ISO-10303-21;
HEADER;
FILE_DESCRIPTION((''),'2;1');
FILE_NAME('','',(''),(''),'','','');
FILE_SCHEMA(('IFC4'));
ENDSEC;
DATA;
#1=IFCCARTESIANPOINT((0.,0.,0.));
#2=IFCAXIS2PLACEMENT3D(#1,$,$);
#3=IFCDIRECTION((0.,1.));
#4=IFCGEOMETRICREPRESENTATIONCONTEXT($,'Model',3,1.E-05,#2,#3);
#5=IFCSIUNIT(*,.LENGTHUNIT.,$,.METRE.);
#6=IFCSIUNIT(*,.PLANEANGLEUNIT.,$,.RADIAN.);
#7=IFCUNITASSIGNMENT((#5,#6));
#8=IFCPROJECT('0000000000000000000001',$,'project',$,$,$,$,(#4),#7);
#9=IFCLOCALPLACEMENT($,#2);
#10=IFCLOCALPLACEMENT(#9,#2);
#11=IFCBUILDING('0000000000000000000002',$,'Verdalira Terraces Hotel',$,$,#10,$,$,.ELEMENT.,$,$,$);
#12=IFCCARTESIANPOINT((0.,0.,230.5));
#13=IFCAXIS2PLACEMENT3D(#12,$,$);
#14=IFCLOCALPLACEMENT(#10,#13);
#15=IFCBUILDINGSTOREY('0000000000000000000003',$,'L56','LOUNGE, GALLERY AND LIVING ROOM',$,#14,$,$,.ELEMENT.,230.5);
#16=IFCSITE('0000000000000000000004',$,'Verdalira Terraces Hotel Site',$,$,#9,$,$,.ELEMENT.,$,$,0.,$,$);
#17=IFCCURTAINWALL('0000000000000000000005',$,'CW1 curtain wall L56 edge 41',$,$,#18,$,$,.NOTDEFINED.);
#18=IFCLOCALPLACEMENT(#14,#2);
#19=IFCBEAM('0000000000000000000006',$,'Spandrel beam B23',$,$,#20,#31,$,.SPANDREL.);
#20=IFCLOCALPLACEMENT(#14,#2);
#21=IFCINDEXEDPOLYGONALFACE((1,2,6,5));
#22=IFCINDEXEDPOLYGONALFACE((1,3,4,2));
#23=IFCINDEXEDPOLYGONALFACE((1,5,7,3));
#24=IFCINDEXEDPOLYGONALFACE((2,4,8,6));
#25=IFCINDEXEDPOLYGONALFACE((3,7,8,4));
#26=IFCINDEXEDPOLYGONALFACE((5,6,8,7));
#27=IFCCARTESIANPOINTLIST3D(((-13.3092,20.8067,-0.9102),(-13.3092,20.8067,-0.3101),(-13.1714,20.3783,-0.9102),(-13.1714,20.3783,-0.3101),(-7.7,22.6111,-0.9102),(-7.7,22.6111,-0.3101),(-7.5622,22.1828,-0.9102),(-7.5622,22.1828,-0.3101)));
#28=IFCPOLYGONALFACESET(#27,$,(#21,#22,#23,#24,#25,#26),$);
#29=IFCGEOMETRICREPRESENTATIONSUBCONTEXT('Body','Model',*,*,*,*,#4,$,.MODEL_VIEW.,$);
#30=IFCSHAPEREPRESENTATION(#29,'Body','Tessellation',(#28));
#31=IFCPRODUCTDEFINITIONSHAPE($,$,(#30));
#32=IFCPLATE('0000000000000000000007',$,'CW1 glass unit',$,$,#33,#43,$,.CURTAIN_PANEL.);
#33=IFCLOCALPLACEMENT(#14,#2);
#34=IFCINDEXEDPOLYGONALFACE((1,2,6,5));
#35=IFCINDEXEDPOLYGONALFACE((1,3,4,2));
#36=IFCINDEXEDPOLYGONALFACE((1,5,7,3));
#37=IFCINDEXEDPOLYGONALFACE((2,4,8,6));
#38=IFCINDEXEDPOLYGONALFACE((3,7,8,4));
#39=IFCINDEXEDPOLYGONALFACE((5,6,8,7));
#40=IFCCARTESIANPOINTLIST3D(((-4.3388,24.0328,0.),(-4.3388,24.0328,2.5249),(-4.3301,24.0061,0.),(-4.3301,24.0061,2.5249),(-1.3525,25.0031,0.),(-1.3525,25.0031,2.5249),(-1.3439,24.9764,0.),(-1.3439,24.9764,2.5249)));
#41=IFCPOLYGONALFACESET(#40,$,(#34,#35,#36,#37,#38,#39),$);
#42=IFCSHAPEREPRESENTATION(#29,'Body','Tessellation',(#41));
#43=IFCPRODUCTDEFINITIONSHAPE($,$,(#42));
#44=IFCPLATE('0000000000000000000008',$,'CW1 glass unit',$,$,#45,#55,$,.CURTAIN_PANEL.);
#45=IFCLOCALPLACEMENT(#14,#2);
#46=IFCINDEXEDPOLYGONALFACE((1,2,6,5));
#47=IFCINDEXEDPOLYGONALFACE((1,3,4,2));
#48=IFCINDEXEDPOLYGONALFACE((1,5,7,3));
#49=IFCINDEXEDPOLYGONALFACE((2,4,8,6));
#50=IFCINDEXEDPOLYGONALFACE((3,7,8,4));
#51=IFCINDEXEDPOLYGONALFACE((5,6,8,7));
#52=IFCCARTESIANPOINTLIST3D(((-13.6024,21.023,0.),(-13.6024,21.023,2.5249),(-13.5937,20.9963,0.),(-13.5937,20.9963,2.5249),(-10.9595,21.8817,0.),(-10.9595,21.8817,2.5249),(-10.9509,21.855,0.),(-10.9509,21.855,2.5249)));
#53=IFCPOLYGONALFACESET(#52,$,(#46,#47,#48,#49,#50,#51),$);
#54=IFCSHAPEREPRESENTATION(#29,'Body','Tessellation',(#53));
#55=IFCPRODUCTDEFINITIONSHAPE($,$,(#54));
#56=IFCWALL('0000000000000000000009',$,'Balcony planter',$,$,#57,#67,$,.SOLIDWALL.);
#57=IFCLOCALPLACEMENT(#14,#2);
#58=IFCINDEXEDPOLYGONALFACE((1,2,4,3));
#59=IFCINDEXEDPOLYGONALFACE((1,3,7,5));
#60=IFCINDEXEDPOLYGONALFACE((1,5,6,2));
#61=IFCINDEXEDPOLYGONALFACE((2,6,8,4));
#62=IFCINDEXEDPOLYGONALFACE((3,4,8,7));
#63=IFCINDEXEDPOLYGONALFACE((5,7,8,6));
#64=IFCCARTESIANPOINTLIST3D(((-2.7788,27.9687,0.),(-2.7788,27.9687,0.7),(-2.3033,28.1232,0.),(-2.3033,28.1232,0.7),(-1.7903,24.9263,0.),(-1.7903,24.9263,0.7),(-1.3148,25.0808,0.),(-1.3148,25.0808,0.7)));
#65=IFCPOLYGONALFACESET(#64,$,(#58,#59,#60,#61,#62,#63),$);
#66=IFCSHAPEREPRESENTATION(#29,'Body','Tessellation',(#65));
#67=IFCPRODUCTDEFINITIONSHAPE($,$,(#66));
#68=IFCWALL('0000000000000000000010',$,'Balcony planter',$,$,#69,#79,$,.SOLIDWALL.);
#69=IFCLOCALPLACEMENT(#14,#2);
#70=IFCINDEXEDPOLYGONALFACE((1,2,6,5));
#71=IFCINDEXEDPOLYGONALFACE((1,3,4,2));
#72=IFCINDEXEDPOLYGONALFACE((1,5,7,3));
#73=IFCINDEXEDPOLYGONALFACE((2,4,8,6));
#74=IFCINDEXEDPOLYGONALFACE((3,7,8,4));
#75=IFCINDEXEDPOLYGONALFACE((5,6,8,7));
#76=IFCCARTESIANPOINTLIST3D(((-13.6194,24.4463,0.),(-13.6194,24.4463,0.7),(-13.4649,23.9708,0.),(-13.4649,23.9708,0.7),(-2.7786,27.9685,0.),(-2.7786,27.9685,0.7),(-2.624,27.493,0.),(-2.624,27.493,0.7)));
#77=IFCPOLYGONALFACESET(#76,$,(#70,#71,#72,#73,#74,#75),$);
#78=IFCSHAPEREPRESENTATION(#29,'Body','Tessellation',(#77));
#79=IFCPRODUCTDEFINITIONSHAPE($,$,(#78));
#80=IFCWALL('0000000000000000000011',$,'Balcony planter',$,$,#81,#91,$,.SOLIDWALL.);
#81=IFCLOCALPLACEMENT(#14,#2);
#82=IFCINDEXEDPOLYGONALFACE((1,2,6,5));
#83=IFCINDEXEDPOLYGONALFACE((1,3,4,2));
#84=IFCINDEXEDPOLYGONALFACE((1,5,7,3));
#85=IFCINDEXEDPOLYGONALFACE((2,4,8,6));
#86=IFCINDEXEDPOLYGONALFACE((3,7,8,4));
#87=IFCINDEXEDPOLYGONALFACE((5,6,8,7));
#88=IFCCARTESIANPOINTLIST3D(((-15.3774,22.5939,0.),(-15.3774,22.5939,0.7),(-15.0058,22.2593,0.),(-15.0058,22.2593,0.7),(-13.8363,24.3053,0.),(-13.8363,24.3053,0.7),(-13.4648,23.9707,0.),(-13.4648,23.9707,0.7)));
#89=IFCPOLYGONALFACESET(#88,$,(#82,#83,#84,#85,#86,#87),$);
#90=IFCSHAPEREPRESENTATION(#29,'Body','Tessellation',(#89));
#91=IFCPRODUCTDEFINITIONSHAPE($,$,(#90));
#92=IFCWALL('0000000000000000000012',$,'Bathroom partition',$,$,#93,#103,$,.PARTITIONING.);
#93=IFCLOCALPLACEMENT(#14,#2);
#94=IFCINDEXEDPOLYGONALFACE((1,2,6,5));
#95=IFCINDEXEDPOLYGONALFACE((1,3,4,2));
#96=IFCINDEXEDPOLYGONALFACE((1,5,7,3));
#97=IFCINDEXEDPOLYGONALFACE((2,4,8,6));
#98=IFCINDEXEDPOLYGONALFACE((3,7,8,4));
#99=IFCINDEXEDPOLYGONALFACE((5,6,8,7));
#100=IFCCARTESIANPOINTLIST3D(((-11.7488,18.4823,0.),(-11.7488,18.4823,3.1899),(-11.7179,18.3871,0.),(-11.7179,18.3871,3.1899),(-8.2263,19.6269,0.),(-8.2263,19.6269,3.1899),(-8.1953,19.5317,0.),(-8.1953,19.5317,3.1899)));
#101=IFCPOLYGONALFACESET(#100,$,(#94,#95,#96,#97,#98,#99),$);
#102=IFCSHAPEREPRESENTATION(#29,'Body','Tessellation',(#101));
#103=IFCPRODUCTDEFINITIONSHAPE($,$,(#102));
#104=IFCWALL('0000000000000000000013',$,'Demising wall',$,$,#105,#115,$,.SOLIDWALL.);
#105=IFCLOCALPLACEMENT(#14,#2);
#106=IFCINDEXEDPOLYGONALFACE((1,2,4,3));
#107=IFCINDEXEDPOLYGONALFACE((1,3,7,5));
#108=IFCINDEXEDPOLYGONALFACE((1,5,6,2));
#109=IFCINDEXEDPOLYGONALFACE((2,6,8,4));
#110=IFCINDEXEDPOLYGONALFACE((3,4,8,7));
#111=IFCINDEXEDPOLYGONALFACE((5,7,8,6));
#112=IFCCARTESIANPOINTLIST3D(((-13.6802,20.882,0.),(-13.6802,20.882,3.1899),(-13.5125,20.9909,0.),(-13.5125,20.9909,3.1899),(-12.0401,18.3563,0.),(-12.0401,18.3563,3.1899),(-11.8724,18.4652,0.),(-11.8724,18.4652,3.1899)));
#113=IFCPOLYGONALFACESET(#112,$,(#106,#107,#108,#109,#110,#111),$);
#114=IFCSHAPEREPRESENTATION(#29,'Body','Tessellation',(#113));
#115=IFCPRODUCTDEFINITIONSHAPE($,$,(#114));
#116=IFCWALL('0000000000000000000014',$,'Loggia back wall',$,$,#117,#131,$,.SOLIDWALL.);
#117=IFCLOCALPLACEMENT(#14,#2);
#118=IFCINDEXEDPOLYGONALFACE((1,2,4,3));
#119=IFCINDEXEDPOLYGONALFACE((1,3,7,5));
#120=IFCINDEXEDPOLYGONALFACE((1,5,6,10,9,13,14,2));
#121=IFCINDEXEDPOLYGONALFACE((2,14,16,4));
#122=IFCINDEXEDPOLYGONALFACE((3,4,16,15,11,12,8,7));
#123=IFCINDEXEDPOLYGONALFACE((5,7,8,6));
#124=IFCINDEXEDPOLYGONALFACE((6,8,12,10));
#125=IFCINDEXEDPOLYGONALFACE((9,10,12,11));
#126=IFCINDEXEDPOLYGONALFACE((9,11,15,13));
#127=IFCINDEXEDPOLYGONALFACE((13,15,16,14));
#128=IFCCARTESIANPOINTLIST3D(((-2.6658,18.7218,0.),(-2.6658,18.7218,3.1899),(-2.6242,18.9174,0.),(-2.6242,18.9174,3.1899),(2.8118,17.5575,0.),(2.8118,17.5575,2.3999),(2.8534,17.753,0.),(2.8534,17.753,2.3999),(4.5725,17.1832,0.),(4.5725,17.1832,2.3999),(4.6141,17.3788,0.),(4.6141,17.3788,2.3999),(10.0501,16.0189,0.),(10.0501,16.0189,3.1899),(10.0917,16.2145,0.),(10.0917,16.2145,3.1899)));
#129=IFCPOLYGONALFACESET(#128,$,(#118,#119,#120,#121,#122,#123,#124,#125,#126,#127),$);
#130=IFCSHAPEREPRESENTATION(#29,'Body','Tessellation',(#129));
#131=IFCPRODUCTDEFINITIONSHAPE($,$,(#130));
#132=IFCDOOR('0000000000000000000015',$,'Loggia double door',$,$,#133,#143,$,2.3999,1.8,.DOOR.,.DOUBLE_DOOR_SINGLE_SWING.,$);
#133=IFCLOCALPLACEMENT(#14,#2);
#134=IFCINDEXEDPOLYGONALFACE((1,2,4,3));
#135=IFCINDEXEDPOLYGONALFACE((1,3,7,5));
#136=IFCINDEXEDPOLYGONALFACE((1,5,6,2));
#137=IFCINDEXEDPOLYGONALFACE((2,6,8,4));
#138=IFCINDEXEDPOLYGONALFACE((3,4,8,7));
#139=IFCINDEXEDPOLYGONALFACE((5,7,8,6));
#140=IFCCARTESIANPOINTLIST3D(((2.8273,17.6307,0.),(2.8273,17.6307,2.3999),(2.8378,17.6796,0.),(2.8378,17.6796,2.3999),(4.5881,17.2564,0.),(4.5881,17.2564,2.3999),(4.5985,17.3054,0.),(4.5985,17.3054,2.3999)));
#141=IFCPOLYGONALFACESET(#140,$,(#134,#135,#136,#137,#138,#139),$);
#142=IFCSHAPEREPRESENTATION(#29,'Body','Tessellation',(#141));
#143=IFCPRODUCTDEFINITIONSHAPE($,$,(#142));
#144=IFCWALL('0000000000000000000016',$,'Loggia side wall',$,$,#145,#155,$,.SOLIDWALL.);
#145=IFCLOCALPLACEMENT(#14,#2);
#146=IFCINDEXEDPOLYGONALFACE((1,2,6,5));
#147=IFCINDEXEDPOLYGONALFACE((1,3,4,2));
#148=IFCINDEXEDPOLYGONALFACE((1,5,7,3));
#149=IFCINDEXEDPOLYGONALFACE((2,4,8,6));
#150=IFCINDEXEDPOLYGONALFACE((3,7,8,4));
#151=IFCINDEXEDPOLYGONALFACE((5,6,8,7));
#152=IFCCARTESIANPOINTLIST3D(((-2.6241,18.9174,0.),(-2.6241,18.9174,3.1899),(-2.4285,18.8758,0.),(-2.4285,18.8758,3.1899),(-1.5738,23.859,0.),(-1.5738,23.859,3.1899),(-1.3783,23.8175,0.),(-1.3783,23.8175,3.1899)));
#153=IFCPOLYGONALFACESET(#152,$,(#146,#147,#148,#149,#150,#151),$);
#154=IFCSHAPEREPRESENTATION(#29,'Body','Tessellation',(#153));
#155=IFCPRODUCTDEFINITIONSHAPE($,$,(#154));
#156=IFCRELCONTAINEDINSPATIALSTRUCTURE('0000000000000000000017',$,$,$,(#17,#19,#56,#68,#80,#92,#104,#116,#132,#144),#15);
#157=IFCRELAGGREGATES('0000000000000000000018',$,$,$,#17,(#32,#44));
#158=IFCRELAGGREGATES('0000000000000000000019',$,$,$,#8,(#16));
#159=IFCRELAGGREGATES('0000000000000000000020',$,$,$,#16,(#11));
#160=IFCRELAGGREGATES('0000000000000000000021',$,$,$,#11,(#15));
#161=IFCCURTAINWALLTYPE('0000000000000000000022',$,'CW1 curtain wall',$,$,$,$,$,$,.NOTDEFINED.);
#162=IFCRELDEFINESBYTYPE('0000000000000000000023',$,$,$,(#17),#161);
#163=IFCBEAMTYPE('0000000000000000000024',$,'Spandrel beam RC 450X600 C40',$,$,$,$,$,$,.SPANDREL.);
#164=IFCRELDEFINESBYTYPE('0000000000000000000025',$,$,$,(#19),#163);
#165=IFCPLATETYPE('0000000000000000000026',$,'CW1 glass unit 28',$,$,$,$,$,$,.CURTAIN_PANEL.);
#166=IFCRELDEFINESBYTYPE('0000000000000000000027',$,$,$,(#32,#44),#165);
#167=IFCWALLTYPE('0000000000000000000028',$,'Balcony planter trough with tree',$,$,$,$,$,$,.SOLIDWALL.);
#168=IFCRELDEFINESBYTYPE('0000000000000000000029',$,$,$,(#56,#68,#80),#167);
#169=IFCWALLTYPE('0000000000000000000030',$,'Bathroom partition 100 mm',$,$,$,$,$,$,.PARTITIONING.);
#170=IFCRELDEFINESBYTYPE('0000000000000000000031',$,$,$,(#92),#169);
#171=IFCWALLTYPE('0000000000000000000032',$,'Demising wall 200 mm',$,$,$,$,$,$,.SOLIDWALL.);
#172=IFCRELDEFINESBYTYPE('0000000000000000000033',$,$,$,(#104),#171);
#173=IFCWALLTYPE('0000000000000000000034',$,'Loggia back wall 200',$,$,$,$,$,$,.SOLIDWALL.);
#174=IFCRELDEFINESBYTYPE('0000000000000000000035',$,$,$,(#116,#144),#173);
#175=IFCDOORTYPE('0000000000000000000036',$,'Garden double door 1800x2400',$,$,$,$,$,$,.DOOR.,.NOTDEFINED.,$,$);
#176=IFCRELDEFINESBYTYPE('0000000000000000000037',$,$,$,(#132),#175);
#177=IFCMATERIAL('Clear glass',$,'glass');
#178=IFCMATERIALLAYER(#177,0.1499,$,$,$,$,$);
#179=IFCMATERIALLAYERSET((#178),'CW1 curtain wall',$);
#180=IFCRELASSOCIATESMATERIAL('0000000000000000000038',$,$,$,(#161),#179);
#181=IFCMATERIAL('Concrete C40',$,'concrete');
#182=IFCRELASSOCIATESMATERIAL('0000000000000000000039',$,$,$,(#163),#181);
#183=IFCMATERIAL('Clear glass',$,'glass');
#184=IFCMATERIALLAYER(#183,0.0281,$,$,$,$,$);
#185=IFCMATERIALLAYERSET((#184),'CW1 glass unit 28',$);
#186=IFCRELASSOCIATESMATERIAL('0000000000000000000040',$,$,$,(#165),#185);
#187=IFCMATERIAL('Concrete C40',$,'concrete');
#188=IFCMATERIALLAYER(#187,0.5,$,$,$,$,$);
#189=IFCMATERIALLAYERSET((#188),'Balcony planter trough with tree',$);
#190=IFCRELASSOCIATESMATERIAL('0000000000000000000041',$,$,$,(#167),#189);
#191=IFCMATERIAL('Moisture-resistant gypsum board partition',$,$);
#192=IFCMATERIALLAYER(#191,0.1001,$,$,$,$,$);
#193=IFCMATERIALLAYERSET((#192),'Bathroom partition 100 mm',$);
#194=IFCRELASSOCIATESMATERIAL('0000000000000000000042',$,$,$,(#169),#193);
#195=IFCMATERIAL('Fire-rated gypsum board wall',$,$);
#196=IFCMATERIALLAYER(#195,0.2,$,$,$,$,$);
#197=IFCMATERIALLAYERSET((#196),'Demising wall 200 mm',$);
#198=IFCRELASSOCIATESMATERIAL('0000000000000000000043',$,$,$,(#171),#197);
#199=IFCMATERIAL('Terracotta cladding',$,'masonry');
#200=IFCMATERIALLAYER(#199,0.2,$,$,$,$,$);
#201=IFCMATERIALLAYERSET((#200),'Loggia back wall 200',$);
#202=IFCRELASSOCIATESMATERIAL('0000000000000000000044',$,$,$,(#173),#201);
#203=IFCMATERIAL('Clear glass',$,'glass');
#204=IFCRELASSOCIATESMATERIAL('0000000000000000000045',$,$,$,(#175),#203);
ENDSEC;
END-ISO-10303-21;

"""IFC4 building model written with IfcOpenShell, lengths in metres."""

from ifc_helpers import new_model, si_unit, direction, frame, frame_2d, origin, origin_2d, place, context, subcontext, project, spatial, rectangle, extrude, material, layer, layer_set, material_profile, profile_set, type_object, element, fill, aggregate, save


model = new_model("IFC4")

# Units and contexts
model_context = context("Model", 3, precision=1e-05, world=origin(), true_north=direction((0.0, 1.0)))
body_context = subcontext(model_context, "Body", "Model", "MODEL_VIEW")
ifc_project = project(units=[si_unit("LENGTHUNIT", "METRE"), si_unit("PLANEANGLEUNIT", "RADIAN")], contexts=[model_context])

# Site, building, storey
site_placement = place(None, origin())
site = spatial("IfcSite", under=ifc_project, at=site_placement, Name="Verdalira Terraces Hotel Site", CompositionType="ELEMENT", RefElevation=0.0)
building_placement = place(site_placement, origin())
building = spatial("IfcBuilding", under=site, at=building_placement, Name="Verdalira Terraces Hotel", CompositionType="ELEMENT")
storey_placement = place(building_placement, frame((0.0, 0.0, 230.5)))
storey = spatial("IfcBuildingStorey", under=building, at=storey_placement, Name="L56", Description="LOUNGE, GALLERY AND LIVING ROOM", CompositionType="ELEMENT", Elevation=230.5)

# Curtain wall
ifc_material_1 = material(Name="Clear glass", Category="glass")
ifc_layer_1 = layer(ifc_material_1, 0.1499)
ifc_layer_set_1 = layer_set([ifc_layer_1], Name="CW1 curtain wall")
curtain_wall_type_1 = type_object("IfcCurtainWallType", Name="CW1 curtain wall", PredefinedType="NOTDEFINED", material=ifc_layer_set_1)
curtain_wall_1_placement = place(storey_placement, origin())
curtain_wall_1 = element("IfcCurtainWall", 1, at=curtain_wall_1_placement, inside=storey, type_object=curtain_wall_type_1, Name="CW1 curtain wall L56 edge 41", PredefinedType="NOTDEFINED")

# Beam
ifc_material_2 = material(Name="Concrete C40", Category="concrete")
ifc_material_profile_1 = material_profile(ifc_material_2, rectangle(XDim=0.45, YDim=0.6001, at=origin_2d()), Name="RC 450X600")
ifc_profile_set_1 = profile_set([ifc_material_profile_1], Name="Concrete C40")
beam_type_1 = type_object("IfcBeamType", Name="Spandrel beam RC 450X600 C40", PredefinedType="SPANDREL", material=ifc_profile_set_1)
beam_1_placement = place(storey_placement, frame((-7.6311, 22.397, -0.6101), z_axis=(-0.951954, -0.306241, 0.0), x_axis=(0.306241, -0.951954, 0.0)))
element("IfcBeam", 2, at=beam_1_placement, inside=storey, type_object=beam_type_1, Name="Spandrel beam B23", PredefinedType="SPANDREL", context=body_context, shape_type="SweptSolid", body=[
    extrude(rectangle(XDim=0.45, YDim=0.6001, at=origin_2d()), origin(), (0.0, 0.0, 1.0), 5.8923),
])

# Plates
ifc_material_3 = material(Name="Clear glass", Category="glass")
ifc_layer_2 = layer(ifc_material_3, 0.0281)
ifc_layer_set_2 = layer_set([ifc_layer_2], Name="CW1 glass unit 28")
plate_type = type_object("IfcPlateType", Name="CW1 glass unit 28", PredefinedType="CURTAIN_PANEL", material=ifc_layer_set_2)
plate_1_placement = place(storey_placement, frame((-2.8413, 24.5046, 0.0), z_axis=(0.0, 0.0, 1.0), x_axis=(-0.951057, -0.309017, 0.0)))
plate_1 = element("IfcPlate", 3, at=plate_1_placement, type_object=plate_type, Name="CW1 glass unit", PredefinedType="CURTAIN_PANEL", context=body_context, shape_type="SweptSolid", body=[
    extrude(rectangle(XDim=3.1399, YDim=0.0281, at=origin_2d()), origin(), (0.0, 0.0, 1.0), 2.5249),
])
plate_2_placement = place(storey_placement, frame((-12.2766, 21.439, 0.0), z_axis=(0.0, 0.0, 1.0), x_axis=(-0.951057, -0.309017, 0.0)))
plate_2 = element("IfcPlate", 4, at=plate_2_placement, type_object=plate_type, Name="CW1 glass unit", PredefinedType="CURTAIN_PANEL", context=body_context, shape_type="SweptSolid", body=[
    extrude(rectangle(XDim=2.7788, YDim=0.0281, at=origin_2d()), origin(), (0.0, 0.0, 1.0), 2.5249),
])
aggregate(curtain_wall_1, [plate_1, plate_2])

# Walls
ifc_material_4 = material(Name="Concrete C40", Category="concrete")
ifc_layer_3 = layer(ifc_material_4, 0.5)
ifc_layer_set_3 = layer_set([ifc_layer_3], Name="Balcony planter trough with tree")
wall_type_1 = type_object("IfcWallType", Name="Balcony planter trough with tree", PredefinedType="SOLIDWALL", material=ifc_layer_set_3)
wall_1_placement = place(storey_placement, frame((-1.5525, 25.0034, 0.0), z_axis=(0.0, 0.0, 1.0), x_axis=(-0.309007, 0.95106, 0.0)))
element("IfcWall", 5, at=wall_1_placement, inside=storey, type_object=wall_type_1, Name="Balcony planter", PredefinedType="SOLIDWALL", context=body_context, shape_type="SweptSolid", body=[
    extrude(rectangle(XDim=3.199, YDim=0.5, at=frame_2d((1.5996, 0.0))), origin(), (0.0, 0.0, 1.0), 0.7),
])
wall_2_placement = place(storey_placement, frame((-2.7014, 27.7307, 0.0), z_axis=(0.0, 0.0, 1.0), x_axis=(-0.951061, -0.309003, 0.0)))
element("IfcWall", 6, at=wall_2_placement, inside=storey, type_object=wall_type_1, Name="Balcony planter", PredefinedType="SOLIDWALL", context=body_context, shape_type="SweptSolid", body=[
    extrude(rectangle(XDim=11.3987, YDim=0.5, at=frame_2d((5.6992, 0.0))), origin(), (0.0, 0.0, 1.0), 0.7),
])
wall_3_placement = place(storey_placement, frame((-13.6506, 24.1379, 0.0), z_axis=(0.0, 0.0, 1.0), x_axis=(-0.66914, -0.743136, 0.0)))
element("IfcWall", 7, at=wall_3_placement, inside=storey, type_object=wall_type_1, Name="Balcony planter", PredefinedType="SOLIDWALL", context=body_context, shape_type="SweptSolid", body=[
    extrude(rectangle(XDim=2.303, YDim=0.5, at=frame_2d((1.1514, 0.0))), origin(), (0.0, 0.0, 1.0), 0.7),
])
ifc_material_5 = material(Name="Moisture-resistant gypsum board partition")
ifc_layer_4 = layer(ifc_material_5, 0.1001)
ifc_layer_set_4 = layer_set([ifc_layer_4], Name="Bathroom partition 100 mm")
wall_type_2 = type_object("IfcWallType", Name="Bathroom partition 100 mm", PredefinedType="PARTITIONING", material=ifc_layer_set_4)
wall_4_placement = place(storey_placement, frame((-8.2107, 19.5793, 0.0), z_axis=(0.0, 0.0, 1.0), x_axis=(-0.951055, -0.30902, 0.0)))
element("IfcWall", 8, at=wall_4_placement, inside=storey, type_object=wall_type_2, Name="Bathroom partition", PredefinedType="PARTITIONING", context=body_context, shape_type="SweptSolid", body=[
    extrude(rectangle(XDim=3.7039, YDim=0.1001, at=frame_2d((1.8521, 0.0))), origin(), (0.0, 0.0, 1.0), 3.1899),
])
ifc_material_6 = material(Name="Fire-rated gypsum board wall")
ifc_layer_5 = layer(ifc_material_6, 0.2)
ifc_layer_set_5 = layer_set([ifc_layer_5], Name="Demising wall 200 mm")
wall_type_3 = type_object("IfcWallType", Name="Demising wall 200 mm", PredefinedType="SOLIDWALL", material=ifc_layer_set_5)
wall_5_placement = place(storey_placement, frame((-13.5964, 20.9365, 0.0), z_axis=(0.0, 0.0, 1.0), x_axis=(0.544632, -0.838675, 0.0)))
element("IfcWall", 9, at=wall_5_placement, inside=storey, type_object=wall_type_3, Name="Demising wall", PredefinedType="SOLIDWALL", context=body_context, shape_type="SweptSolid", body=[
    extrude(rectangle(XDim=3.0115, YDim=0.2, at=frame_2d((1.5059, 0.0))), origin(), (0.0, 0.0, 1.0), 3.1899),
])

# Wall, opening, door
ifc_material_7 = material(Name="Terracotta cladding", Category="masonry")
ifc_layer_6 = layer(ifc_material_7, 0.2)
ifc_layer_set_6 = layer_set([ifc_layer_6], Name="Loggia back wall 200")
wall_type_4 = type_object("IfcWallType", Name="Loggia back wall 200", PredefinedType="SOLIDWALL", material=ifc_layer_set_6)
wall_6_placement = place(storey_placement, frame((-2.645, 18.8196, 0.0), z_axis=(0.0, 0.0, 1.0), x_axis=(0.978147, -0.207915, 0.0)))
wall_6 = element("IfcWall", 10, at=wall_6_placement, inside=storey, type_object=wall_type_4, Name="Loggia back wall", PredefinedType="SOLIDWALL", context=body_context, shape_type="SweptSolid", body=[
    extrude(rectangle(XDim=13.0, YDim=0.2, at=frame_2d((6.5, 0.0))), origin(), (0.0, 0.0, 1.0), 3.1899),
])
opening_1_placement = place(wall_6_placement, frame((5.6001, 0.0, 0.0)))
opening_1 = element("IfcOpeningElement", 11, at=opening_1_placement, cuts=wall_6, PredefinedType="OPENING", context=body_context, shape_type="SweptSolid", body=[
    extrude(rectangle(XDim=1.8, YDim=2.3999, at=frame_2d((0.8999, 1.2))), frame((0.0, 0.1099, 0.0), z_axis=(0.0, -1.0, 0.0), x_axis=(1.0, 0.0, 0.0)), (0.0, 0.0, 1.0), 0.22),
])
ifc_material_8 = material(Name="Clear glass", Category="glass")
door_type_1 = type_object("IfcDoorType", Name="Garden double door 1800x2400", OperationType="NOTDEFINED", PredefinedType="DOOR", material=ifc_material_8)
door_1_placement = place(opening_1_placement, origin())
door_1 = element("IfcDoor", 12, at=door_1_placement, inside=storey, type_object=door_type_1, Name="Loggia double door", OperationType="DOUBLE_DOOR_SINGLE_SWING", OverallHeight=2.3999, OverallWidth=1.8, PredefinedType="DOOR", context=body_context, shape_type="SweptSolid", body=[
    extrude(rectangle(XDim=1.8, YDim=2.3999, at=frame_2d((0.8999, 1.2))), frame((0.0, 0.0249, 0.0), z_axis=(0.0, -1.0, 0.0), x_axis=(1.0, 0.0, 0.0)), (0.0, 0.0, 1.0), 0.05),
])
fill(opening_1, door_1)

# Wall
wall_7_placement = place(storey_placement, frame((-1.4761, 23.8381, 0.0), z_axis=(0.0, 0.0, 1.0), x_axis=(-0.207895, -0.978151, 0.0)))
element("IfcWall", 13, at=wall_7_placement, inside=storey, type_object=wall_type_4, Name="Loggia side wall", PredefinedType="SOLIDWALL", context=body_context, shape_type="SweptSolid", body=[
    extrude(rectangle(XDim=5.052, YDim=0.2, at=frame_2d((2.5259, 0.0))), origin(), (0.0, 0.0, 1.0), 3.1899),
])

save(model, "model.ifc")
